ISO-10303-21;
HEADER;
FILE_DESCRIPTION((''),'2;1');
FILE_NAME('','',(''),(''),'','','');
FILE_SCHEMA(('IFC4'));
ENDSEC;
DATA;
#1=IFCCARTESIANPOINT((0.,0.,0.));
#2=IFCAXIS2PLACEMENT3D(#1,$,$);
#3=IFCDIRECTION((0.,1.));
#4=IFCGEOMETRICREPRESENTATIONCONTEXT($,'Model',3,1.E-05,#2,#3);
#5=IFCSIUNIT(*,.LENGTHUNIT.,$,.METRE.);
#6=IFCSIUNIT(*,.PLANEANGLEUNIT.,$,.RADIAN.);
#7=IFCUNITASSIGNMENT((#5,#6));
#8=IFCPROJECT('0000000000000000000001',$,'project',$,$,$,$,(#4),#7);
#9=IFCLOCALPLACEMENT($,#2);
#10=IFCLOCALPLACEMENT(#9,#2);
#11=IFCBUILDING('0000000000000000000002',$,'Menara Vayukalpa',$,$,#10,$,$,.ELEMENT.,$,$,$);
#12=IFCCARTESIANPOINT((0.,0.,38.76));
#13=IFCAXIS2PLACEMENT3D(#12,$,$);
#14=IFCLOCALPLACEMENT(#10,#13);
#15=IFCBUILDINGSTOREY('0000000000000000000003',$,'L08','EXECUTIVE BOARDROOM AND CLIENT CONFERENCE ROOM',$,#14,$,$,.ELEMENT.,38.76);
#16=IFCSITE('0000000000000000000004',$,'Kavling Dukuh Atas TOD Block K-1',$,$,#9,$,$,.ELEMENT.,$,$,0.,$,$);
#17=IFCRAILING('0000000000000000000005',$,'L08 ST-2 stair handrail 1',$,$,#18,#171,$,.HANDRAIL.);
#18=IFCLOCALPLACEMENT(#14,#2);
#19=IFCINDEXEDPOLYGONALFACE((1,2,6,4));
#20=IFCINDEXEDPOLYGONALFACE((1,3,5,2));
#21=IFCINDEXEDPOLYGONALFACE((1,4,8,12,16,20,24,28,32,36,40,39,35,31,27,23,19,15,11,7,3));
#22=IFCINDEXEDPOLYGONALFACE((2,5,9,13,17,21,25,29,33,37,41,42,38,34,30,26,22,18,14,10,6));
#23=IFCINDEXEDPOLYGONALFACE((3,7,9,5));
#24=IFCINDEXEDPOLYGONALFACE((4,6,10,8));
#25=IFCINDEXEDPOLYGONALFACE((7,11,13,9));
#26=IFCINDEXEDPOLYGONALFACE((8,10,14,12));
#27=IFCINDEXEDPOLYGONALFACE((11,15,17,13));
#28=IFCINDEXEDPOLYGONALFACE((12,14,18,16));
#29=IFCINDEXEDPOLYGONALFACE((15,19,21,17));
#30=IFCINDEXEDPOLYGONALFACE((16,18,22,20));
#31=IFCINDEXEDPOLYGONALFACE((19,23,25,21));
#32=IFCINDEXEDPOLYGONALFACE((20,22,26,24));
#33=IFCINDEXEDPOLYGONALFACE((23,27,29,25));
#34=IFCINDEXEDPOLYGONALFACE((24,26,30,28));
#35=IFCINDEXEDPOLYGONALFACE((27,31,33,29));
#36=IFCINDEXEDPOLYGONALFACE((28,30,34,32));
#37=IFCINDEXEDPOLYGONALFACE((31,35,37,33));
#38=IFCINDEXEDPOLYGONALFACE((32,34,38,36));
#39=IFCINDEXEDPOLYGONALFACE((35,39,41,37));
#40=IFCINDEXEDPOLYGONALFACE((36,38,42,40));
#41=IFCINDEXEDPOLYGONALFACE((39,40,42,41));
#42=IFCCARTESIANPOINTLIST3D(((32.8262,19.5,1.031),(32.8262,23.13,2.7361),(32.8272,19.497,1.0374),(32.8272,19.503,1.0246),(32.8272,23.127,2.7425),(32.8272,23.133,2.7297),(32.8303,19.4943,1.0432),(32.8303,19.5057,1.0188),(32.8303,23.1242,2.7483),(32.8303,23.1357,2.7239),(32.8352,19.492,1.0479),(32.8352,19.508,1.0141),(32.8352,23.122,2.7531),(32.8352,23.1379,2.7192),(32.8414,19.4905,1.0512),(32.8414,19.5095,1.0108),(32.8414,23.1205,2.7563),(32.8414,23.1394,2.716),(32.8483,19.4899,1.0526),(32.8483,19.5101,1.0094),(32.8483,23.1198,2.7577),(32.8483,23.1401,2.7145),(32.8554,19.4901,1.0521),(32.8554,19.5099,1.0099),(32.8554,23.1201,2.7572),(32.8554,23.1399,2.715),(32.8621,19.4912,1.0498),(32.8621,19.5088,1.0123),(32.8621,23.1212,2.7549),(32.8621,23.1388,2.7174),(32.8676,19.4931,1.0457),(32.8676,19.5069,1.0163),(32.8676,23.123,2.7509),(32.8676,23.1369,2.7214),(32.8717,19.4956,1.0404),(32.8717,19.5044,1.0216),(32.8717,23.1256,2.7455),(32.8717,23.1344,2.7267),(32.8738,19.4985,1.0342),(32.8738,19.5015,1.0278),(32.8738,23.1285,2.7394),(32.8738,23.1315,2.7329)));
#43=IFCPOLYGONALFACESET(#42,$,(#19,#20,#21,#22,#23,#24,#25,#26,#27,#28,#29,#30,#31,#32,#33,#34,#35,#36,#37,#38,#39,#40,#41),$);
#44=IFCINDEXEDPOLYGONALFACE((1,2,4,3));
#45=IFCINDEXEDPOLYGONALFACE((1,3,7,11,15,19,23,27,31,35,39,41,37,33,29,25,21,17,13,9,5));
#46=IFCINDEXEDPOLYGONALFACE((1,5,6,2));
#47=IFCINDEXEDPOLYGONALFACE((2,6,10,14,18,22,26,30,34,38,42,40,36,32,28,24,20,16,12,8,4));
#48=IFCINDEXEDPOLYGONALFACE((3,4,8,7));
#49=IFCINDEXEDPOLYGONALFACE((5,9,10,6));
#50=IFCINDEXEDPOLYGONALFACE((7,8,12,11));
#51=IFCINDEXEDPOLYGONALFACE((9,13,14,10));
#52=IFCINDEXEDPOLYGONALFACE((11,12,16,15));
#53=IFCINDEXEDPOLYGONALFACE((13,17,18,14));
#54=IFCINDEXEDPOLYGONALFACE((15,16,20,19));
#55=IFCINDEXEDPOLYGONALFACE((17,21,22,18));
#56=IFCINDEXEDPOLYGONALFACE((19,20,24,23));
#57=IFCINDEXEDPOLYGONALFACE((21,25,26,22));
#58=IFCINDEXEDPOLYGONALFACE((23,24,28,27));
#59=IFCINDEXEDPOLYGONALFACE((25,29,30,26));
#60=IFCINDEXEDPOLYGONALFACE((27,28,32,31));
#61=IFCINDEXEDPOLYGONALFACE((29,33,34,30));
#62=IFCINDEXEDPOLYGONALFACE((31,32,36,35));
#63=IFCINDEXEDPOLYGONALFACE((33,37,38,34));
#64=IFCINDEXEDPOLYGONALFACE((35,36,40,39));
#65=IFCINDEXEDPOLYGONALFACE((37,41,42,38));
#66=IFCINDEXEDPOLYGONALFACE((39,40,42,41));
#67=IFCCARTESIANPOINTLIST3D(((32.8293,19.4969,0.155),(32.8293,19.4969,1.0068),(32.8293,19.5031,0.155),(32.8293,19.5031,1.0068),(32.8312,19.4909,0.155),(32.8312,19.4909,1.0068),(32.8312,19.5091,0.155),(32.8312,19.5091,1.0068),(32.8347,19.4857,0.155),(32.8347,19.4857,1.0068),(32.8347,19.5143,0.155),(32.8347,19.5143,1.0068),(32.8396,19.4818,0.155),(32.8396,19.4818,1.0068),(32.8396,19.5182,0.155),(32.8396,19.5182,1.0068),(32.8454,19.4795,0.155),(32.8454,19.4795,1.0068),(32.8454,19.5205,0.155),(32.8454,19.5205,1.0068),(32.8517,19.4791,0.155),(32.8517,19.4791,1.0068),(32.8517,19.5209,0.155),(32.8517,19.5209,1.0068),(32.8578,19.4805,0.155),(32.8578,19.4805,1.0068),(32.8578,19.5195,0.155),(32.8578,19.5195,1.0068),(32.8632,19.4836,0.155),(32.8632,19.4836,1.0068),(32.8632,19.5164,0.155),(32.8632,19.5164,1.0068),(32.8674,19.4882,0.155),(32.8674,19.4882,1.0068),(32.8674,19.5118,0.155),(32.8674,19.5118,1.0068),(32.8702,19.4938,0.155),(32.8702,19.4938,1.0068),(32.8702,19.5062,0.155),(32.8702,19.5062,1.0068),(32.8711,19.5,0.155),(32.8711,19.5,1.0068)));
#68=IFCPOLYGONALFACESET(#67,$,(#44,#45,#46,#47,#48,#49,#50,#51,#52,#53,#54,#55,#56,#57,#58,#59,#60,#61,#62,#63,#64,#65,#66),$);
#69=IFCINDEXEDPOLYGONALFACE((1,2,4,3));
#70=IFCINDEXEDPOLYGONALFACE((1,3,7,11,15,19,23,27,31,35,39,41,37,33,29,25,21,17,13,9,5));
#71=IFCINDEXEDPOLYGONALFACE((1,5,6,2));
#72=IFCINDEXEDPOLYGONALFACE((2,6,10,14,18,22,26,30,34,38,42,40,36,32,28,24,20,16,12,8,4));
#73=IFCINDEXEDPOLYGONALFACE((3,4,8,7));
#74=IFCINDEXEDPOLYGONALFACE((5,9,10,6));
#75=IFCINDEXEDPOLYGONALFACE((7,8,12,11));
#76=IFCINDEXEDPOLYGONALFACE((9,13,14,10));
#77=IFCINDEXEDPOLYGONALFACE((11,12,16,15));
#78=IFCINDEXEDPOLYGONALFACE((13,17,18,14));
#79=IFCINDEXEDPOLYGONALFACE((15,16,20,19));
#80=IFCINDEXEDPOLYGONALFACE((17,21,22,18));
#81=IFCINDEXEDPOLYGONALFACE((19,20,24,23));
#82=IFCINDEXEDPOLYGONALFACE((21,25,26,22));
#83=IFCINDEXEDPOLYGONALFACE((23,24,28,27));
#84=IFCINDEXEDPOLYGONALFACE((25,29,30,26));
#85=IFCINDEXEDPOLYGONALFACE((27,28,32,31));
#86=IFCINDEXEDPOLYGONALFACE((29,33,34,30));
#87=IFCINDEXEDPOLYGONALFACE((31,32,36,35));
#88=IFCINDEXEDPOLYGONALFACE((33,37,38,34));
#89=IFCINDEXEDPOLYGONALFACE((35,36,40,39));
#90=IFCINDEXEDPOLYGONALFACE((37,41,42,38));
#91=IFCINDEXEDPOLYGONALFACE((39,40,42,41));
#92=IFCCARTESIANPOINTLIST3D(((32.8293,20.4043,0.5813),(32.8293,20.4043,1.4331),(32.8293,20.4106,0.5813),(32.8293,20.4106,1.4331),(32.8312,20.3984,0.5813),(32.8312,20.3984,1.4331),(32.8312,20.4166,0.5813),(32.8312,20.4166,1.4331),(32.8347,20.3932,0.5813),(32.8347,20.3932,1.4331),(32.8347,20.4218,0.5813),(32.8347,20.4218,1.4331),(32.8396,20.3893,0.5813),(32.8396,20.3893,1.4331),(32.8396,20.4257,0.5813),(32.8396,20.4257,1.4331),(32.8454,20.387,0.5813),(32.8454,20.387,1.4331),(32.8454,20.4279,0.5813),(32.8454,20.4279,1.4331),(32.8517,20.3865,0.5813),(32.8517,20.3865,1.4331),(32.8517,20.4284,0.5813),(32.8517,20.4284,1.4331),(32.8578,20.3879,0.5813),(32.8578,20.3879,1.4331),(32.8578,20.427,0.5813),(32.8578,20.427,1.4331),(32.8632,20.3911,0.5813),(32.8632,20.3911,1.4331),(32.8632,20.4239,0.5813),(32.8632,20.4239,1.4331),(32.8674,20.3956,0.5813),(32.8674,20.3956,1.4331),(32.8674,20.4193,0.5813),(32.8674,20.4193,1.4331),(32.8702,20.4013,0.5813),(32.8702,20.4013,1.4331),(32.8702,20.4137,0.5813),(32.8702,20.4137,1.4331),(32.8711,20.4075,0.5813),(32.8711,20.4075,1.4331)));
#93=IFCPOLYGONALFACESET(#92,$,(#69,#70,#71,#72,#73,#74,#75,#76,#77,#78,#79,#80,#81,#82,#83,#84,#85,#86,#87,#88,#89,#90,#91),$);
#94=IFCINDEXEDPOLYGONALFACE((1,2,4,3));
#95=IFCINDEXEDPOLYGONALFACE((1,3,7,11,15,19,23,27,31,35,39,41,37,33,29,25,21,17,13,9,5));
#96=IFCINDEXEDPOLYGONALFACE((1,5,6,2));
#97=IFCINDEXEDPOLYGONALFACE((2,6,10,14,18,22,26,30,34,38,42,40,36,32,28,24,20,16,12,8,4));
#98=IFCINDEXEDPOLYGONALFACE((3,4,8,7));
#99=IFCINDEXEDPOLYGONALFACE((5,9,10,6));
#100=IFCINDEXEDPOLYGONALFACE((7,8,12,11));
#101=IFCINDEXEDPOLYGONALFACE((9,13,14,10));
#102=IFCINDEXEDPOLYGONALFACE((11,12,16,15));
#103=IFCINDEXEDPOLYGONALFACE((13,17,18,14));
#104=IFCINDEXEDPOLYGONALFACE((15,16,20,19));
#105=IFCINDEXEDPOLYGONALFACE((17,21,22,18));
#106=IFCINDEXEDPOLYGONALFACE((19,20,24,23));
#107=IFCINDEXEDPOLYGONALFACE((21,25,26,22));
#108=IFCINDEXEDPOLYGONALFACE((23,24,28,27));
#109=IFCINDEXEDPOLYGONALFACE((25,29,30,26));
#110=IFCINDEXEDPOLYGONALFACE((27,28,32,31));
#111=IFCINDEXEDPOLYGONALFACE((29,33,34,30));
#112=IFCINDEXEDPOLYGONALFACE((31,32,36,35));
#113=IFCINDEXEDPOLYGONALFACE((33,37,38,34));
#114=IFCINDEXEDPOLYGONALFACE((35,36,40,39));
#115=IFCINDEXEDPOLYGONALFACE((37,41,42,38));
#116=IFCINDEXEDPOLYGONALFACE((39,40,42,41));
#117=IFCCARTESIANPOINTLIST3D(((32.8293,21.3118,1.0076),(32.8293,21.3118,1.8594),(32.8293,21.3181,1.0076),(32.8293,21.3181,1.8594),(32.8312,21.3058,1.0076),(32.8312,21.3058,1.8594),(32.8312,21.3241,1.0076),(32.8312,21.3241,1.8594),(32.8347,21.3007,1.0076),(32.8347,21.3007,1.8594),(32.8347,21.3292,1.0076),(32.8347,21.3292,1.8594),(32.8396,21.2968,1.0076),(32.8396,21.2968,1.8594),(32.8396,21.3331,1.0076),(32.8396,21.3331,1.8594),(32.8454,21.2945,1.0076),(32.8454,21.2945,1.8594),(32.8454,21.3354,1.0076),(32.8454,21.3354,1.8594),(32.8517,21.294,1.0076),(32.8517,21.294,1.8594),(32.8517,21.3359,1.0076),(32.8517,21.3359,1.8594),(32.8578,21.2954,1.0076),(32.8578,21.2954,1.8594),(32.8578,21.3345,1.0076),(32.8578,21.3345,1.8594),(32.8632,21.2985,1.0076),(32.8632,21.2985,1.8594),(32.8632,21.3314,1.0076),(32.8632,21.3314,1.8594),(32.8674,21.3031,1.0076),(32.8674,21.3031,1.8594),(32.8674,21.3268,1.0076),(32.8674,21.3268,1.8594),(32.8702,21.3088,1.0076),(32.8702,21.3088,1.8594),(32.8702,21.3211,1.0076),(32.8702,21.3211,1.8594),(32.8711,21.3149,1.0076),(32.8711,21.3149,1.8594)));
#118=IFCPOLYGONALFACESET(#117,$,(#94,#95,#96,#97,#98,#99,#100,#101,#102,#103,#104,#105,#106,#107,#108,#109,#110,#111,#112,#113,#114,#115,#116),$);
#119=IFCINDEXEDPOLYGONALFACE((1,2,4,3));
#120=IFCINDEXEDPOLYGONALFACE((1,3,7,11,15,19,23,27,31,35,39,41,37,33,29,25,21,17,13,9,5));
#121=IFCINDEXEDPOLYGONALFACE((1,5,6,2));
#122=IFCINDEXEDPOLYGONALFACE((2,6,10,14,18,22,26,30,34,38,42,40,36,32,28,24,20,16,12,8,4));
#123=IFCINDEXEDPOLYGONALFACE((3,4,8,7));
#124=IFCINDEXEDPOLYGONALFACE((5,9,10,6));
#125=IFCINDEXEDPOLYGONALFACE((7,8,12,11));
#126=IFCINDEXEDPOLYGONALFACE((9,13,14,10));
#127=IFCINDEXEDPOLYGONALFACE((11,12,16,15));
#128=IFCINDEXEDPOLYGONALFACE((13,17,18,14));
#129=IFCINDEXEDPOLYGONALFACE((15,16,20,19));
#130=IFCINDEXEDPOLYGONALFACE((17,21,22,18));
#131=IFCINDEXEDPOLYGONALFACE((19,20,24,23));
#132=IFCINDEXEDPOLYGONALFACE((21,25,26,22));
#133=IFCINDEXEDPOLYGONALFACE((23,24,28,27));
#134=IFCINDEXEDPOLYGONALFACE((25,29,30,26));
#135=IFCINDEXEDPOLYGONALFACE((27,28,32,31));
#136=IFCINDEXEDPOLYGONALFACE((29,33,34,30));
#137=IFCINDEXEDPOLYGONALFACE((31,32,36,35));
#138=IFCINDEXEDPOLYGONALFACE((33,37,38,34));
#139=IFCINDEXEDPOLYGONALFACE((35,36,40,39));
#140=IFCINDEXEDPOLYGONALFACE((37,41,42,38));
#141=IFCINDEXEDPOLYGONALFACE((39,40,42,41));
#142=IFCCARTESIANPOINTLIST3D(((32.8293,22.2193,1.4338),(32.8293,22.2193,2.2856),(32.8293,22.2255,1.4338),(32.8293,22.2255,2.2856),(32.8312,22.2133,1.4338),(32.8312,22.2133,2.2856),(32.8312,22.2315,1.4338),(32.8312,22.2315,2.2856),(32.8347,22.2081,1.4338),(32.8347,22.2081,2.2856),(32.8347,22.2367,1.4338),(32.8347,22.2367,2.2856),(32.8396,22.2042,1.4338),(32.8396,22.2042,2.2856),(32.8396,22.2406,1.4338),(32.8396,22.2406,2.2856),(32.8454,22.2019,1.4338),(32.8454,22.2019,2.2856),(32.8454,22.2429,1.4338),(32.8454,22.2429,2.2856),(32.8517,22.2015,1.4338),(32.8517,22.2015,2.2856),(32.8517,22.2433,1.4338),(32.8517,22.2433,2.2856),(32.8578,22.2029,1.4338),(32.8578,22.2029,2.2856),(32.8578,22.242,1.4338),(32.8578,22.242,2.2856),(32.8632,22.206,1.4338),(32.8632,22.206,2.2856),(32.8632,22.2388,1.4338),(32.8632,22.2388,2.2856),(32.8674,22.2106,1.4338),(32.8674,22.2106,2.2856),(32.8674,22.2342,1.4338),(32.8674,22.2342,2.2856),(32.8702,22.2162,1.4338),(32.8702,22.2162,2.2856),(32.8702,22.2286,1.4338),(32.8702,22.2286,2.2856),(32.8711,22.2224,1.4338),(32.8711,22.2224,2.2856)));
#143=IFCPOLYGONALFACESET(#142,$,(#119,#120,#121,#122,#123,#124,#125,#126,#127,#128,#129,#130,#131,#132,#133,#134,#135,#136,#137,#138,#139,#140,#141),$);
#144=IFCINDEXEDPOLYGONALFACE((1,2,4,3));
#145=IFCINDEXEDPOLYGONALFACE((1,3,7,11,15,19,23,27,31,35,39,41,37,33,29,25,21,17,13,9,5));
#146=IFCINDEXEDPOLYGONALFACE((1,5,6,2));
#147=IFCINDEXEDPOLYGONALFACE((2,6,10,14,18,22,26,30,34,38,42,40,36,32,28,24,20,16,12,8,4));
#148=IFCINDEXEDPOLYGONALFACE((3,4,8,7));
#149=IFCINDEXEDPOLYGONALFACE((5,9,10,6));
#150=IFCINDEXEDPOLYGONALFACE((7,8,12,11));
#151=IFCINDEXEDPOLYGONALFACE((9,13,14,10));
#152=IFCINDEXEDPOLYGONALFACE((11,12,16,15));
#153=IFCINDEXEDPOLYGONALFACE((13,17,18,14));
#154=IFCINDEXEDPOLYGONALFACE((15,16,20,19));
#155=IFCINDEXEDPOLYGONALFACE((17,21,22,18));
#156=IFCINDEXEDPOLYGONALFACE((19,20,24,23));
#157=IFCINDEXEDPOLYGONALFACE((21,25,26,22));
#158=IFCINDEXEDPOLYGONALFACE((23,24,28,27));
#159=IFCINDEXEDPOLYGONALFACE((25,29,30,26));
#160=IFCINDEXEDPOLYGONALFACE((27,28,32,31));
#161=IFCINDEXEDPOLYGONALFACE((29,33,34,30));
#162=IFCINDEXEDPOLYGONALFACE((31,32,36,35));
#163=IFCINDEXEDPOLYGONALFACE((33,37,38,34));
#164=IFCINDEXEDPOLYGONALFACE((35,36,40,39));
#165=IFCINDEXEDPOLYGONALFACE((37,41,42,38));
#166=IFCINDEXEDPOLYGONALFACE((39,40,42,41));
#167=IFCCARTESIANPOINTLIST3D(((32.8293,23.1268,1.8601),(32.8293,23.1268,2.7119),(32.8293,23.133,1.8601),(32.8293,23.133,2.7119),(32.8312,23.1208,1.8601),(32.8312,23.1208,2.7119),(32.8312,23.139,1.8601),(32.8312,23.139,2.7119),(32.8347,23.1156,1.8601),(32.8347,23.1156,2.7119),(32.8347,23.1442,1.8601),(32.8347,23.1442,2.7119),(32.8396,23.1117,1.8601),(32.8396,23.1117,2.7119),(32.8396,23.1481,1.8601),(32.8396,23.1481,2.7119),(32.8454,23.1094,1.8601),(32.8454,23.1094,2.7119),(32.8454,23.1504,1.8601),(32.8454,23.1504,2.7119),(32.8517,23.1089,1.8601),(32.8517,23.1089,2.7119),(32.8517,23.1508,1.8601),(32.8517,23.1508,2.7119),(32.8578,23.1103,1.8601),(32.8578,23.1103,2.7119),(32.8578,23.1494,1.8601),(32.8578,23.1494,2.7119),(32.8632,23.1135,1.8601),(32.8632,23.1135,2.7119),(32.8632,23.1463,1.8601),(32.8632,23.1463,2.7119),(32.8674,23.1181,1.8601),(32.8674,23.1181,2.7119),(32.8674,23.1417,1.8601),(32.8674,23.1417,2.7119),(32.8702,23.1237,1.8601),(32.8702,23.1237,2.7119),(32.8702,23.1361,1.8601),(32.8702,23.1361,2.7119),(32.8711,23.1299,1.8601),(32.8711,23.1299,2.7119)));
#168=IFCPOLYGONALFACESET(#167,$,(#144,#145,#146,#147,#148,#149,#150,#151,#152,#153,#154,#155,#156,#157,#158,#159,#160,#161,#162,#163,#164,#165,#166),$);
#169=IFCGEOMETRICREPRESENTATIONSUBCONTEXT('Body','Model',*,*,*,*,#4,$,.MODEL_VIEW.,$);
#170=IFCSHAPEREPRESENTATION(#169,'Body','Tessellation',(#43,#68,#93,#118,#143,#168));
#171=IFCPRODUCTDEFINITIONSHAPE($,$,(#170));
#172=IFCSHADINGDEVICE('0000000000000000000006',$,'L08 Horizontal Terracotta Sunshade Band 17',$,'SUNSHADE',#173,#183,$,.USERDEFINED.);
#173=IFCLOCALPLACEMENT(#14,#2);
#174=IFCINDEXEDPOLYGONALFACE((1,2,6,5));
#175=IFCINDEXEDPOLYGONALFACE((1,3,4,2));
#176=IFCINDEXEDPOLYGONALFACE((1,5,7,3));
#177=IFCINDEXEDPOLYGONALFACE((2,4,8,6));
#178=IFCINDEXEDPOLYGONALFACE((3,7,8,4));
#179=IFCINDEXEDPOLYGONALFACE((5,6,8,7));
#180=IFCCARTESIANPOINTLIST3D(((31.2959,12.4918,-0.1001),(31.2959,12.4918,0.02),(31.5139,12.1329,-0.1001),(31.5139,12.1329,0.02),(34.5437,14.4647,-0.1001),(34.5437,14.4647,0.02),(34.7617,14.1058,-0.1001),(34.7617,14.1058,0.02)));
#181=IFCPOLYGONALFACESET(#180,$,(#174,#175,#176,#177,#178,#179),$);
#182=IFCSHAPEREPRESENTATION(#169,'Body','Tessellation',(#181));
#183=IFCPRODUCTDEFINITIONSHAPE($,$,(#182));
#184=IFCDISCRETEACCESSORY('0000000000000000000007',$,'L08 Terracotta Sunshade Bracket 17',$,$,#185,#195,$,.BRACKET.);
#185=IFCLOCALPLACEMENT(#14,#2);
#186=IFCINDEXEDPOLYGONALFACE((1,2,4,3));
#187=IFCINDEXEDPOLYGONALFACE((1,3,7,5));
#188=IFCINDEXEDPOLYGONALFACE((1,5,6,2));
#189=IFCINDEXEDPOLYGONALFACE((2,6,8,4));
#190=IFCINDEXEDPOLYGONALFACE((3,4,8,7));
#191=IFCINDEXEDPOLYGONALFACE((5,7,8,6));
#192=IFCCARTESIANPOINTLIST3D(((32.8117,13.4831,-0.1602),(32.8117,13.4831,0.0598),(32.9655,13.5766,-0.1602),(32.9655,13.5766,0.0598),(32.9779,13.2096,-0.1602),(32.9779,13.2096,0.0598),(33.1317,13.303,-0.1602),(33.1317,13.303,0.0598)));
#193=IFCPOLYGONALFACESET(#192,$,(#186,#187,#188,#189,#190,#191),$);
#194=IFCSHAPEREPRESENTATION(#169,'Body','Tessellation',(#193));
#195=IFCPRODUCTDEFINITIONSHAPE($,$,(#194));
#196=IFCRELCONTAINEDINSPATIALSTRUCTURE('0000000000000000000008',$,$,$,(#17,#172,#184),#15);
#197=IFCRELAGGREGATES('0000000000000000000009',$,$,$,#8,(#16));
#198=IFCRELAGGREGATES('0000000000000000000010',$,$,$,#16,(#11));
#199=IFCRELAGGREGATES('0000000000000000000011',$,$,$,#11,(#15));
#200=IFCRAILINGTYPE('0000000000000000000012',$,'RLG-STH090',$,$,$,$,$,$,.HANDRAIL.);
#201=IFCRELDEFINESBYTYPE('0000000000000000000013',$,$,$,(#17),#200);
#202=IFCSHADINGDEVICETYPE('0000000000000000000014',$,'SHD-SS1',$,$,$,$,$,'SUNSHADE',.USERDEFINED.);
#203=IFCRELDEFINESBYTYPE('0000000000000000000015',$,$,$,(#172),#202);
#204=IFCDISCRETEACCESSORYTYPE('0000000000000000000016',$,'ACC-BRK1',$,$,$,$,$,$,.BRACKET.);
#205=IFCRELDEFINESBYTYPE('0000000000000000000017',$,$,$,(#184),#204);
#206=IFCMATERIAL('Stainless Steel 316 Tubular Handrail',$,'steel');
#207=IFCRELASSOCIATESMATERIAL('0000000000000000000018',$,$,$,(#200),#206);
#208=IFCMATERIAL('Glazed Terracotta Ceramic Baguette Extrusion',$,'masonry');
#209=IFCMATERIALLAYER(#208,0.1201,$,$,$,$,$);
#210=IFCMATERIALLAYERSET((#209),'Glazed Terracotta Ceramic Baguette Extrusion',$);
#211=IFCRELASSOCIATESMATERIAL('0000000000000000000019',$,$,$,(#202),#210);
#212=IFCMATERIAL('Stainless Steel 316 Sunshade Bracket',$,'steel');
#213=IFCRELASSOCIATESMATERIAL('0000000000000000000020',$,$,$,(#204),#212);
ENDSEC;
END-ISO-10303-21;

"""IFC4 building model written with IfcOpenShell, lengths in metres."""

from ifc_helpers import new_model, si_unit, direction, frame, origin, origin_2d, place, context, subcontext, project, spatial, rectangle, circle, extrude, material, layer, layer_set, type_object, element, save


model = new_model("IFC4")

# Units and contexts
model_context = context("Model", 3, precision=1e-05, world=origin(), true_north=direction((0.0, 1.0)))
body_context = subcontext(model_context, "Body", "Model", "MODEL_VIEW")
ifc_project = project(units=[si_unit("LENGTHUNIT", "METRE"), si_unit("PLANEANGLEUNIT", "RADIAN")], contexts=[model_context])

# Site, building, storey
site_placement = place(None, origin())
site = spatial("IfcSite", under=ifc_project, at=site_placement, Name="Kavling Dukuh Atas TOD Block K-1", CompositionType="ELEMENT", RefElevation=0.0)
building_placement = place(site_placement, origin())
building = spatial("IfcBuilding", under=site, at=building_placement, Name="Menara Vayukalpa", CompositionType="ELEMENT")
storey_placement = place(building_placement, frame((0.0, 0.0, 38.76)))
storey = spatial("IfcBuildingStorey", under=building, at=storey_placement, Name="L08", Description="EXECUTIVE BOARDROOM AND CLIENT CONFERENCE ROOM", CompositionType="ELEMENT", Elevation=38.76)

# Railing
ifc_material_1 = material(Name="Stainless Steel 316 Tubular Handrail", Category="steel")
railing_type_1 = type_object("IfcRailingType", Name="RLG-STH090", PredefinedType="HANDRAIL", material=ifc_material_1)
railing_1_placement = place(storey_placement, frame((32.8501, 19.5, 0.155)))
element("IfcRailing", 1, at=railing_1_placement, inside=storey, type_object=railing_type_1, Name="L08 ST-2 stair handrail 1", PredefinedType="HANDRAIL", context=body_context, shape_type="SweptSolid", body=[
    extrude(circle(Radius=0.0239, at=origin_2d()), frame((0.0, 0.0, 0.876), z_axis=(0.0, 0.905116, 0.425164), x_axis=(-1.0, 0.0, 0.0)), (0.0, 0.0, 1.0), 4.0105),
    extrude(circle(Radius=0.021, at=origin_2d()), origin(), (0.0, 0.0, 1.0), 0.8518),
    extrude(circle(Radius=0.021, at=origin_2d()), frame((0.0, 0.9075, 0.4263)), (0.0, 0.0, 1.0), 0.8518),
    extrude(circle(Radius=0.021, at=origin_2d()), frame((0.0, 1.8149, 0.8525)), (0.0, 0.0, 1.0), 0.8518),
    extrude(circle(Radius=0.021, at=origin_2d()), frame((0.0, 2.7224, 1.2788)), (0.0, 0.0, 1.0), 0.8518),
    extrude(circle(Radius=0.021, at=origin_2d()), frame((0.0, 3.6299, 1.7051)), (0.0, 0.0, 1.0), 0.8518),
])

# Shading device
ifc_material_2 = material(Name="Glazed Terracotta Ceramic Baguette Extrusion", Category="masonry")
ifc_layer_1 = layer(ifc_material_2, 0.1201)
ifc_layer_set_1 = layer_set([ifc_layer_1], Name="Glazed Terracotta Ceramic Baguette Extrusion")
shading_device_type = type_object("IfcShadingDeviceType", Name="SHD-SS1", ElementType="SUNSHADE", PredefinedType="USERDEFINED", material=ifc_layer_set_1)
shading_device_placement = place(storey_placement, frame((33.0288, 13.2988, -0.1001), z_axis=(0.0, 0.0, 1.0), x_axis=(0.854667, 0.519176, 0.0)))
element("IfcShadingDevice", 2, at=shading_device_placement, inside=storey, type_object=shading_device_type, Name="L08 Horizontal Terracotta Sunshade Band 17", ObjectType="SUNSHADE", PredefinedType="USERDEFINED", context=body_context, shape_type="SweptSolid", body=[
    extrude(rectangle(XDim=3.8, YDim=0.4199, at=origin_2d()), origin(), (0.0, 0.0, 1.0), 0.1201),
])

# Discrete accessory
ifc_material_3 = material(Name="Stainless Steel 316 Sunshade Bracket", Category="steel")
discrete_accessory_type = type_object("IfcDiscreteAccessoryType", Name="ACC-BRK1", PredefinedType="BRACKET", material=ifc_material_3)
discrete_accessory_placement = place(storey_placement, frame((32.9717, 13.3931, -0.1602), z_axis=(0.0, 0.0, 1.0), x_axis=(0.854667, 0.519176, 0.0)))
element("IfcDiscreteAccessory", 3, at=discrete_accessory_placement, inside=storey, type_object=discrete_accessory_type, Name="L08 Terracotta Sunshade Bracket 17", PredefinedType="BRACKET", context=body_context, shape_type="SweptSolid", body=[
    extrude(rectangle(XDim=0.1799, YDim=0.3201, at=origin_2d()), origin(), (0.0, 0.0, 1.0), 0.22),
])

save(model, "model.ifc")
